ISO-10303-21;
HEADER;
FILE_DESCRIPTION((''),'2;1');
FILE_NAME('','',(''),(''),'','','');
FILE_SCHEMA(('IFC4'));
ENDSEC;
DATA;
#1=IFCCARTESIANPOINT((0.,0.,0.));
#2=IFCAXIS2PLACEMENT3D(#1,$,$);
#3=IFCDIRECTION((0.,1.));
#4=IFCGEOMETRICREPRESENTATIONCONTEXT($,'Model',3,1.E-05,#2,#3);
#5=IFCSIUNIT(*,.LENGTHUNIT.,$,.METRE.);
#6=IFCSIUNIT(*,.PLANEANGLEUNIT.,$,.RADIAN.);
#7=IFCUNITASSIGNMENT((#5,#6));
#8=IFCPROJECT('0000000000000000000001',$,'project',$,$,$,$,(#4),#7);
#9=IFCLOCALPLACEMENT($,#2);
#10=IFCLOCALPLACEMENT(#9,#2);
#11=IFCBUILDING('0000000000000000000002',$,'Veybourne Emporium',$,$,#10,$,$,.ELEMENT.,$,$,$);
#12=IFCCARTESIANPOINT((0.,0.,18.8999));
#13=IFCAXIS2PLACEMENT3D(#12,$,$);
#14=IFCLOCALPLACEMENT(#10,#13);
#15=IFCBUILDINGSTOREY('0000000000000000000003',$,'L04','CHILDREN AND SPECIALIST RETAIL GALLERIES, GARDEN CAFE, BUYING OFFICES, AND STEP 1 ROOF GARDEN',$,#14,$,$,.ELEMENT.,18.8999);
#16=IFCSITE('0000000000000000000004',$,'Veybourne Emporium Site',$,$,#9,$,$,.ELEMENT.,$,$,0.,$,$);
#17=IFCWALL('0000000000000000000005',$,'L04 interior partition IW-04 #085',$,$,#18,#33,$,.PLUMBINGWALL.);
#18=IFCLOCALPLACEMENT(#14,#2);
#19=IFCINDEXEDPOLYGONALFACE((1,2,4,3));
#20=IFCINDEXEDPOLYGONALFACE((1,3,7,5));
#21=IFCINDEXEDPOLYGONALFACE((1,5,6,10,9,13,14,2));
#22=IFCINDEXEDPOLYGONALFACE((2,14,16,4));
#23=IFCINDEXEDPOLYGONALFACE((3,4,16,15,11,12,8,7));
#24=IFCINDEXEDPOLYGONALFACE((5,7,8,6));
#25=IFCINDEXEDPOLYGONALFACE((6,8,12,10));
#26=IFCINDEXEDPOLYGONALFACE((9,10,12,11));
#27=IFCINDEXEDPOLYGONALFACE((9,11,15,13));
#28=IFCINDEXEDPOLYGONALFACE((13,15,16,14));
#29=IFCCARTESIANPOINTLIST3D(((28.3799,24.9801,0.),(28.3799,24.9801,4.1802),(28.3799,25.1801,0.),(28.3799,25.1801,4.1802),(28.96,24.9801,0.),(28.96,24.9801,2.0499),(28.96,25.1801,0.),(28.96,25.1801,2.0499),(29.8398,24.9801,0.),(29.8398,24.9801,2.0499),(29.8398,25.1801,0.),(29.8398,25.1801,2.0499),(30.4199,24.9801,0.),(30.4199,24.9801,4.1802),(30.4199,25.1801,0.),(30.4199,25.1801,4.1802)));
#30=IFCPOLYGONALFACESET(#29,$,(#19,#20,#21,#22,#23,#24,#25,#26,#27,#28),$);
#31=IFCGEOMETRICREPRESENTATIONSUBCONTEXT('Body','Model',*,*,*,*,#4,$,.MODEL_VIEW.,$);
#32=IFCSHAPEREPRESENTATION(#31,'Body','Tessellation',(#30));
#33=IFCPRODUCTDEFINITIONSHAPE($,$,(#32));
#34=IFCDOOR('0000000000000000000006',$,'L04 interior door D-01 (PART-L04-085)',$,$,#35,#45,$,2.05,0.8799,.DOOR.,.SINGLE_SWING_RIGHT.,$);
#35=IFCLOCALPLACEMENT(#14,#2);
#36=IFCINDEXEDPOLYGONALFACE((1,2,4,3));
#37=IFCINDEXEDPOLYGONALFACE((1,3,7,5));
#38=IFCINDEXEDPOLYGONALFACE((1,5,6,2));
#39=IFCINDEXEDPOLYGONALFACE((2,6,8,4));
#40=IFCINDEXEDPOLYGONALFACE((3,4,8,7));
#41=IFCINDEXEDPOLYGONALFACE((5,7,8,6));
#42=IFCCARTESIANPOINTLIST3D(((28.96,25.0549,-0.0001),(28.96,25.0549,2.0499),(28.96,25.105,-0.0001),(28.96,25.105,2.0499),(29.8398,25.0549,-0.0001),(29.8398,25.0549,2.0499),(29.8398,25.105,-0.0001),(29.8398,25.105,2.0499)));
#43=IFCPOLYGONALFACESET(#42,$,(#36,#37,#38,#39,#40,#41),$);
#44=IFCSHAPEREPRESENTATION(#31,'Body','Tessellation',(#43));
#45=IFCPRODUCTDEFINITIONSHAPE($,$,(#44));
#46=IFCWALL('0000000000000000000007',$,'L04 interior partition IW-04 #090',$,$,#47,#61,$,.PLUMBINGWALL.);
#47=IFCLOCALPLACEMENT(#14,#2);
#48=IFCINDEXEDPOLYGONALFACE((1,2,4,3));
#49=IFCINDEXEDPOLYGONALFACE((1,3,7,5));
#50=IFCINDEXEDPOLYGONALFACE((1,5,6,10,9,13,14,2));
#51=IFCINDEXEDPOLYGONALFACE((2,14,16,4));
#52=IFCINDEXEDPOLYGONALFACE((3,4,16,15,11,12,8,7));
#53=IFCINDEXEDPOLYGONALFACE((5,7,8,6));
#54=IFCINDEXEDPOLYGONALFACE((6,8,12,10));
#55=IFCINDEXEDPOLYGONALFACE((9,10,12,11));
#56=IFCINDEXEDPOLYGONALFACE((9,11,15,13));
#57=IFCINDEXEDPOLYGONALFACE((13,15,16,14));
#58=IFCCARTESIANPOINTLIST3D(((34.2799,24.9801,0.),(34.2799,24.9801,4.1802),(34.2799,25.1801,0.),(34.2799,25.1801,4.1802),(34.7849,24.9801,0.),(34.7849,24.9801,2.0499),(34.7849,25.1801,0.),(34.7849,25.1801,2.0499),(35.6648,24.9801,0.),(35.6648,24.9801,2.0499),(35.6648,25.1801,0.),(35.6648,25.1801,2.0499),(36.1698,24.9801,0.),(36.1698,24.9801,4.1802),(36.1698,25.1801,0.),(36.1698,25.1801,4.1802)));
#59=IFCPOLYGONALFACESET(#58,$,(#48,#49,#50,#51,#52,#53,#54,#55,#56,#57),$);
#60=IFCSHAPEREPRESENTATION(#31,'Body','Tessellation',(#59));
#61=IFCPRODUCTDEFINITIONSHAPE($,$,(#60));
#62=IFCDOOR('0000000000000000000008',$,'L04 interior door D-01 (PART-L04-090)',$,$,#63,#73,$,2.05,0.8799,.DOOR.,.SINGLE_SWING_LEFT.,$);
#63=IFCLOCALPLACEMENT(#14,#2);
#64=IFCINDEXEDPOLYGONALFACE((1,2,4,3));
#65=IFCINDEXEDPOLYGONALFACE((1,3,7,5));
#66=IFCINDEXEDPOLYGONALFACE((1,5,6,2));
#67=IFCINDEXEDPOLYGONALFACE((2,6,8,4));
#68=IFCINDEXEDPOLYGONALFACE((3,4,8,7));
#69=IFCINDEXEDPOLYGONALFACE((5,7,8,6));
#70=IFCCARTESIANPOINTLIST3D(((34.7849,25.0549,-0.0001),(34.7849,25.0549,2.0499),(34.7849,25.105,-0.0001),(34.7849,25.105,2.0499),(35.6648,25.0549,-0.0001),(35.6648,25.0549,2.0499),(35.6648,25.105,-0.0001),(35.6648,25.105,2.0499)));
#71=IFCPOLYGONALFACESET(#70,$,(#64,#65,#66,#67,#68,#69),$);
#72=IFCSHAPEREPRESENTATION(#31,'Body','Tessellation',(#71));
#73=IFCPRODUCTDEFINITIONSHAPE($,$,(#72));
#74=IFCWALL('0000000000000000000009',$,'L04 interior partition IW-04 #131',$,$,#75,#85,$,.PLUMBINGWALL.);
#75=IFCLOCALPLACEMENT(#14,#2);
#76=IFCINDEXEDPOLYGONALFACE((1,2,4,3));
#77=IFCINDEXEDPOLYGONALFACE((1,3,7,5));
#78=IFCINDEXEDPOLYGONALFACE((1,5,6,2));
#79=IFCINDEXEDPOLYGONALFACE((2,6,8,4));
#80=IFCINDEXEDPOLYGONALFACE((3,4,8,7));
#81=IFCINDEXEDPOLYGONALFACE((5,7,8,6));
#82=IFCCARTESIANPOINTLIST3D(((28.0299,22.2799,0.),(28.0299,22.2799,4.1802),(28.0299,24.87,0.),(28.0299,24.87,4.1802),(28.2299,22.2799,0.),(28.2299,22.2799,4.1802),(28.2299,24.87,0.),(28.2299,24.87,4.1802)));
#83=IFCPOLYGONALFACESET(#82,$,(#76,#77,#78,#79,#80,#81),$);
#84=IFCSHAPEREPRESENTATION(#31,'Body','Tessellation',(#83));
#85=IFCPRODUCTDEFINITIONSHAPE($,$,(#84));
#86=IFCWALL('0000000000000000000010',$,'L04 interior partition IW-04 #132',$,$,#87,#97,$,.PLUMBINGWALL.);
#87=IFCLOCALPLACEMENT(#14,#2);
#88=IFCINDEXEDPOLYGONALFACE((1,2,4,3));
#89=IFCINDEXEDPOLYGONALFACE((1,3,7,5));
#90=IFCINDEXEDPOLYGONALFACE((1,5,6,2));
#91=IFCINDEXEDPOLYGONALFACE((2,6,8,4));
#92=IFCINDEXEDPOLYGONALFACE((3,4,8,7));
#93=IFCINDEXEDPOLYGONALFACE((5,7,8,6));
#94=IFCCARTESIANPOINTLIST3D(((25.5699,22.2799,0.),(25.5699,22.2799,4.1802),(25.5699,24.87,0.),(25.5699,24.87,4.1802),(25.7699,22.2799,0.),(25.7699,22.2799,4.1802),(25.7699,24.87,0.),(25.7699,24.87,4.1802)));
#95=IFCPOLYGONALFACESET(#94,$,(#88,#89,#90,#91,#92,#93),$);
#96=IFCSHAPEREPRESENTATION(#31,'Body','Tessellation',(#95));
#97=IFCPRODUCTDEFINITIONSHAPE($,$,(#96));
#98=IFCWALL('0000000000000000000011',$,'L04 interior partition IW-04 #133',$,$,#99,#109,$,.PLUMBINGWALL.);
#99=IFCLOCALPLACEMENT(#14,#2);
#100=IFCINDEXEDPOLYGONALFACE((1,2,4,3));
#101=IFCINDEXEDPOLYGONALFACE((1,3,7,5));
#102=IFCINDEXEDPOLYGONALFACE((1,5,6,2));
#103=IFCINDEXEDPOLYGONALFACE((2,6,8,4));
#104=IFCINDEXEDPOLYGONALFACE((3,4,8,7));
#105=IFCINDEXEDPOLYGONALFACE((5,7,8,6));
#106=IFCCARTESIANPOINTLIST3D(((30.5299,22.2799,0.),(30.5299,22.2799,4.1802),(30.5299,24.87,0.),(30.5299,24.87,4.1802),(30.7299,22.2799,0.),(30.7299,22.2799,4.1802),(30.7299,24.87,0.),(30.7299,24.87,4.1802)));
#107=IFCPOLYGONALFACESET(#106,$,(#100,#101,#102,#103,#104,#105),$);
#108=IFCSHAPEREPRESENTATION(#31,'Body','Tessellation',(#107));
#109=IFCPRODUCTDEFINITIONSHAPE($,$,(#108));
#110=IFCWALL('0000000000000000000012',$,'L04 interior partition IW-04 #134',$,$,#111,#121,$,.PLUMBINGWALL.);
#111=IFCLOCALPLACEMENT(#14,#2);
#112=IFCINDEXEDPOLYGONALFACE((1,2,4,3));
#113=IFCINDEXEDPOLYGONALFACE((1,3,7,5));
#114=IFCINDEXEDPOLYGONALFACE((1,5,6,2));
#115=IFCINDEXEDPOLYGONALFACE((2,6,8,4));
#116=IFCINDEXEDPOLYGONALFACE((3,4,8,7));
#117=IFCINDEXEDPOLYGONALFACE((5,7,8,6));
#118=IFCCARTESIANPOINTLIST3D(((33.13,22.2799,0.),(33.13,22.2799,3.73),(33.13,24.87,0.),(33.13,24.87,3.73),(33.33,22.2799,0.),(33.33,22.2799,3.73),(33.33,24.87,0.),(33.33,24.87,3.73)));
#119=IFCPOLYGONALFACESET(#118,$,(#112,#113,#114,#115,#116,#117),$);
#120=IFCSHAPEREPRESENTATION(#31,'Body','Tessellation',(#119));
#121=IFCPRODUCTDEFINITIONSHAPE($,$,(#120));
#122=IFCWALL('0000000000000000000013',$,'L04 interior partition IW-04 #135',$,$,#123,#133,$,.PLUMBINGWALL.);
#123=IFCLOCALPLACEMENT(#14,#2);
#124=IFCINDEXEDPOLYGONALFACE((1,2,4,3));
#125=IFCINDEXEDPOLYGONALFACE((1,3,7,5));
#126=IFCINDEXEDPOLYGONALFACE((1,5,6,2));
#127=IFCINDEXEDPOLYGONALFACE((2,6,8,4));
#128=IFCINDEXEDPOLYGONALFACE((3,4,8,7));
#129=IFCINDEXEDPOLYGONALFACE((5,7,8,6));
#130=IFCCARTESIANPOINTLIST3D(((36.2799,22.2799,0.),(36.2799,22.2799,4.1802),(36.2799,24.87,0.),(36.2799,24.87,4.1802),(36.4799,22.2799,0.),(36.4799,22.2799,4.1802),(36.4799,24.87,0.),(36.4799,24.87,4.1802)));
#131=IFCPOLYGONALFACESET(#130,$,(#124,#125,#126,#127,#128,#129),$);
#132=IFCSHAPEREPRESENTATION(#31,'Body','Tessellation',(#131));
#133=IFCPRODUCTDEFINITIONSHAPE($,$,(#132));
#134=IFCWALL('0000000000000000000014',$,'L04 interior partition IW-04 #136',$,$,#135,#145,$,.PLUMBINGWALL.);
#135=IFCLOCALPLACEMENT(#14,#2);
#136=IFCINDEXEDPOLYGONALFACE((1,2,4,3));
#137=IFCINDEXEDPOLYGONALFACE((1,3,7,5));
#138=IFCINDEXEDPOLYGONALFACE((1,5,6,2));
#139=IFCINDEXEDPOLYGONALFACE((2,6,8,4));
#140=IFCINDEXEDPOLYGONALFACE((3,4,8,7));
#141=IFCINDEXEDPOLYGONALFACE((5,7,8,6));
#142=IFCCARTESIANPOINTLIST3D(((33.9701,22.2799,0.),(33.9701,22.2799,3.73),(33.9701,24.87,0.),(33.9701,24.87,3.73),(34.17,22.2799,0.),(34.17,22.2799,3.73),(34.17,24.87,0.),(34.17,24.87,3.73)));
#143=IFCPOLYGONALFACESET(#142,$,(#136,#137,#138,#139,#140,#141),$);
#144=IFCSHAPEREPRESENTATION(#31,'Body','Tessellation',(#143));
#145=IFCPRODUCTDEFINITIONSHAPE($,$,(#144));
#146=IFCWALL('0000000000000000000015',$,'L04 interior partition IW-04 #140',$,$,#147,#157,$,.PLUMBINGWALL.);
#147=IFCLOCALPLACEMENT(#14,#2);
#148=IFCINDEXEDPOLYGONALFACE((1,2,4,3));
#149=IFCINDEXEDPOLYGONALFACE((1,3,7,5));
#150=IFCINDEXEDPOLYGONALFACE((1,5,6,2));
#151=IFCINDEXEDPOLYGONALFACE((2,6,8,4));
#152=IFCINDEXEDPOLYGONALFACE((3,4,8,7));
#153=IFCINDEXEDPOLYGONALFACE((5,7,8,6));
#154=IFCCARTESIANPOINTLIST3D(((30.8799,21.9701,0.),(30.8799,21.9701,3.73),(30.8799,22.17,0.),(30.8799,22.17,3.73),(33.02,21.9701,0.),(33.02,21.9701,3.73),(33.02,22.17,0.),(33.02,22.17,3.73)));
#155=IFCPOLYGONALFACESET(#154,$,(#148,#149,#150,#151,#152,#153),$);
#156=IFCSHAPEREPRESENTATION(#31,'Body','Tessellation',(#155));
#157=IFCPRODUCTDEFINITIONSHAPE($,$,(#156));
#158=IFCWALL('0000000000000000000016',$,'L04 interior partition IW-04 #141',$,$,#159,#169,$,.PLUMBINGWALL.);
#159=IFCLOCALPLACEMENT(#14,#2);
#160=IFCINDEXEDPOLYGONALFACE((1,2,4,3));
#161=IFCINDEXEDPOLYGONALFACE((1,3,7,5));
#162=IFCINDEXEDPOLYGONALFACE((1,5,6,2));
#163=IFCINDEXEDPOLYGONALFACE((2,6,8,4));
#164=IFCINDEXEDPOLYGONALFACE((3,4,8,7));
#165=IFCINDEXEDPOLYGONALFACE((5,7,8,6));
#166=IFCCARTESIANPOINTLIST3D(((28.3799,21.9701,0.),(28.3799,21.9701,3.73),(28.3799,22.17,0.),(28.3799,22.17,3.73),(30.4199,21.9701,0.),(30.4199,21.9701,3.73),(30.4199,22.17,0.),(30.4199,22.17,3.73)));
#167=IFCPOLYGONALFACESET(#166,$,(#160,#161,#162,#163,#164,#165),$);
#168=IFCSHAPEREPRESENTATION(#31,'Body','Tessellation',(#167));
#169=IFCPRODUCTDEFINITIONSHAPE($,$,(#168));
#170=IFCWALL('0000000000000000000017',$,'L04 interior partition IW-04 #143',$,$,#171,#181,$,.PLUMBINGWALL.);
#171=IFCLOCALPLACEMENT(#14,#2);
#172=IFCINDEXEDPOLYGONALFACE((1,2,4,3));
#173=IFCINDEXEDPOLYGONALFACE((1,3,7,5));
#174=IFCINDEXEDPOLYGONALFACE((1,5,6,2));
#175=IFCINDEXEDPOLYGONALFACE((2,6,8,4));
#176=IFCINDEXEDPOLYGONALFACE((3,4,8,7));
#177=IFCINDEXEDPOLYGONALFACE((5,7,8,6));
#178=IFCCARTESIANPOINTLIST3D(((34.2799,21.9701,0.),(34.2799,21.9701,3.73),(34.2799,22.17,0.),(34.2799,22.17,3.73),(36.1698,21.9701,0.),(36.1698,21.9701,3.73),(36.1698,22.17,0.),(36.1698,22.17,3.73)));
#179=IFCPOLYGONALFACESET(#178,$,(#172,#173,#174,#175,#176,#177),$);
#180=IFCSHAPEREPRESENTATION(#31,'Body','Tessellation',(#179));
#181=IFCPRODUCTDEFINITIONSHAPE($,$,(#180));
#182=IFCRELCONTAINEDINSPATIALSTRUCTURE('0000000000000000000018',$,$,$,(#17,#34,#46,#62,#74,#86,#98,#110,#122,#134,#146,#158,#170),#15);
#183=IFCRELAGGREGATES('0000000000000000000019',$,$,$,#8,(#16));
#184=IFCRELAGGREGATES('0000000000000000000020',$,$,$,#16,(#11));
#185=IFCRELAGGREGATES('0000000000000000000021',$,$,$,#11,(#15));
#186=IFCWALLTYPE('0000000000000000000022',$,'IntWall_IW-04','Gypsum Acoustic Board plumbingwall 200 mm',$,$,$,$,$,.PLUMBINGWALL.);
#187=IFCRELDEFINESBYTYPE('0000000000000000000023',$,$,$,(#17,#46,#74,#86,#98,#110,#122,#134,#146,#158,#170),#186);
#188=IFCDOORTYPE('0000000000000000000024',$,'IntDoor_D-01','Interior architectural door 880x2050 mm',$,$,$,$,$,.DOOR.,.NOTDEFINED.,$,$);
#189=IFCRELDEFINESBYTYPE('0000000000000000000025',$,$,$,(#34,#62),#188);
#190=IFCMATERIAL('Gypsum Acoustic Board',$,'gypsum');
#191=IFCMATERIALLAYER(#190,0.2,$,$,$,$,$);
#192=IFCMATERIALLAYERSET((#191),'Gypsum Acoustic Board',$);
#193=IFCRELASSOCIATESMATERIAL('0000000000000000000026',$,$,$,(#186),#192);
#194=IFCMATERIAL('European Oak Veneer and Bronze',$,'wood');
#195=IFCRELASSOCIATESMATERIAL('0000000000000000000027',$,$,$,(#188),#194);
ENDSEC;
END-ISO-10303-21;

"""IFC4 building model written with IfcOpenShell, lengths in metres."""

from ifc_helpers import new_model, si_unit, direction, frame, frame_2d, origin, place, context, subcontext, project, spatial, rectangle, extrude, material, layer, layer_set, type_object, element, fill, save


model = new_model("IFC4")

# Units and contexts
model_context = context("Model", 3, precision=1e-05, world=origin(), true_north=direction((0.0, 1.0)))
body_context = subcontext(model_context, "Body", "Model", "MODEL_VIEW")
ifc_project = project(units=[si_unit("LENGTHUNIT", "METRE"), si_unit("PLANEANGLEUNIT", "RADIAN")], contexts=[model_context])

# Site, building, storey
site_placement = place(None, origin())
site = spatial("IfcSite", under=ifc_project, at=site_placement, Name="Veybourne Emporium Site", CompositionType="ELEMENT", RefElevation=0.0)
building_placement = place(site_placement, origin())
building = spatial("IfcBuilding", under=site, at=building_placement, Name="Veybourne Emporium", CompositionType="ELEMENT")
storey_placement = place(building_placement, frame((0.0, 0.0, 18.8999)))
storey = spatial("IfcBuildingStorey", under=building, at=storey_placement, Name="L04", Description="CHILDREN AND SPECIALIST RETAIL GALLERIES, GARDEN CAFE, BUYING OFFICES, AND STEP 1 ROOF GARDEN", CompositionType="ELEMENT", Elevation=18.8999)

# Walls, openings, doors
ifc_material_1 = material(Name="Gypsum Acoustic Board", Category="gypsum")
ifc_layer = layer(ifc_material_1, 0.2)
ifc_layer_set = layer_set([ifc_layer], Name="Gypsum Acoustic Board")
wall_type = type_object("IfcWallType", Name="IntWall_IW-04", Description="Gypsum Acoustic Board plumbingwall 200 mm", PredefinedType="PLUMBINGWALL", material=ifc_layer_set)
ifc_material_2 = material(Name="European Oak Veneer and Bronze", Category="wood")
door_type_1 = type_object("IfcDoorType", Name="IntDoor_D-01", Description="Interior architectural door 880x2050 mm", OperationType="NOTDEFINED", PredefinedType="DOOR", material=ifc_material_2)
wall_1_placement = place(storey_placement, frame((28.3799, 25.0801, 0.0), z_axis=(0.0, 0.0, 1.0), x_axis=(1.0, 0.0, 0.0)))
wall_1 = element("IfcWall", 1, at=wall_1_placement, inside=storey, type_object=wall_type, Name="L04 interior partition IW-04 #085", PredefinedType="PLUMBINGWALL", context=body_context, shape_type="SweptSolid", body=[
    extrude(rectangle(XDim=2.04, YDim=0.2, at=frame_2d((1.02, 0.0))), origin(), (0.0, 0.0, 1.0), 4.1802),
])
opening_1_placement = place(wall_1_placement, frame((0.5801, 0.0, 0.0)))
opening_1 = element("IfcOpeningElement", 2, at=opening_1_placement, cuts=wall_1, PredefinedType="OPENING", context=body_context, shape_type="SweptSolid", body=[
    extrude(rectangle(XDim=0.8799, YDim=2.05, at=frame_2d((0.4399, 1.0249))), frame((0.0, 0.1201, 0.0), z_axis=(0.0, -1.0, 0.0), x_axis=(1.0, 0.0, 0.0)), (0.0, 0.0, 1.0), 0.24),
])
door_1_placement = place(opening_1_placement, origin())
door_1 = element("IfcDoor", 3, at=door_1_placement, inside=storey, type_object=door_type_1, Name="L04 interior door D-01 (PART-L04-085)", OperationType="SINGLE_SWING_RIGHT", OverallHeight=2.05, OverallWidth=0.8799, PredefinedType="DOOR", context=body_context, shape_type="SweptSolid", body=[
    extrude(rectangle(XDim=0.8799, YDim=2.05, at=frame_2d((0.4399, 1.0249))), frame((0.0, 0.0249, 0.0), z_axis=(0.0, -1.0, 0.0), x_axis=(1.0, 0.0, 0.0)), (0.0, 0.0, 1.0), 0.05),
])
fill(opening_1, door_1)
wall_2_placement = place(storey_placement, frame((34.28, 25.0801, 0.0), z_axis=(0.0, 0.0, 1.0), x_axis=(1.0, 0.0, 0.0)))
wall_2 = element("IfcWall", 4, at=wall_2_placement, inside=storey, type_object=wall_type, Name="L04 interior partition IW-04 #090", PredefinedType="PLUMBINGWALL", context=body_context, shape_type="SweptSolid", body=[
    extrude(rectangle(XDim=1.8899, YDim=0.2, at=frame_2d((0.9448, 0.0))), origin(), (0.0, 0.0, 1.0), 4.1802),
])
opening_2_placement = place(wall_2_placement, frame((0.5049, 0.0, 0.0)))
opening_2 = element("IfcOpeningElement", 5, at=opening_2_placement, cuts=wall_2, PredefinedType="OPENING", context=body_context, shape_type="SweptSolid", body=[
    extrude(rectangle(XDim=0.8799, YDim=2.05, at=frame_2d((0.4399, 1.0249))), frame((0.0, 0.1201, 0.0), z_axis=(0.0, -1.0, 0.0), x_axis=(1.0, 0.0, 0.0)), (0.0, 0.0, 1.0), 0.24),
])
door_2_placement = place(opening_2_placement, origin())
door_2 = element("IfcDoor", 6, at=door_2_placement, inside=storey, type_object=door_type_1, Name="L04 interior door D-01 (PART-L04-090)", OperationType="SINGLE_SWING_LEFT", OverallHeight=2.05, OverallWidth=0.8799, PredefinedType="DOOR", context=body_context, shape_type="SweptSolid", body=[
    extrude(rectangle(XDim=0.8799, YDim=2.05, at=frame_2d((0.4399, 1.0249))), frame((0.0, 0.0249, 0.0), z_axis=(0.0, -1.0, 0.0), x_axis=(1.0, 0.0, 0.0)), (0.0, 0.0, 1.0), 0.05),
])
fill(opening_2, door_2)

# Walls
for number, where, z_axis, x_axis, name in (
    (7, (28.1299, 22.28, 0.0), (0.0, 0.0, 1.0), (0.0, 1.0, 0.0), "L04 interior partition IW-04 #131"),
    (8, (25.6699, 22.28, 0.0), (0.0, 0.0, 1.0), (0.0, 1.0, 0.0), "L04 interior partition IW-04 #132"),
    (9, (30.6299, 22.28, 0.0), (0.0, 0.0, 1.0), (0.0, 1.0, 0.0), "L04 interior partition IW-04 #133"),
):
    element("IfcWall", number, at=place(storey_placement, frame(where, z_axis=z_axis, x_axis=x_axis)), inside=storey, type_object=wall_type, Name=name, PredefinedType="PLUMBINGWALL", context=body_context, shape_type="SweptSolid", body=[
        extrude(rectangle(XDim=2.5901, YDim=0.2, at=frame_2d((1.2949, 0.0))), origin(), (0.0, 0.0, 1.0), 4.1802),
    ])
wall_3_placement = place(storey_placement, frame((33.23, 22.28, 0.0), z_axis=(0.0, 0.0, 1.0), x_axis=(0.0, 1.0, 0.0)))
element("IfcWall", 10, at=wall_3_placement, inside=storey, type_object=wall_type, Name="L04 interior partition IW-04 #134", PredefinedType="PLUMBINGWALL", context=body_context, shape_type="SweptSolid", body=[
    extrude(rectangle(XDim=2.5901, YDim=0.2, at=frame_2d((1.2949, 0.0))), origin(), (0.0, 0.0, 1.0), 3.73),
])
wall_4_placement = place(storey_placement, frame((36.3799, 22.28, 0.0), z_axis=(0.0, 0.0, 1.0), x_axis=(0.0, 1.0, 0.0)))
element("IfcWall", 11, at=wall_4_placement, inside=storey, type_object=wall_type, Name="L04 interior partition IW-04 #135", PredefinedType="PLUMBINGWALL", context=body_context, shape_type="SweptSolid", body=[
    extrude(rectangle(XDim=2.5901, YDim=0.2, at=frame_2d((1.2949, 0.0))), origin(), (0.0, 0.0, 1.0), 4.1802),
])
wall_5_placement = place(storey_placement, frame((34.0701, 22.28, 0.0), z_axis=(0.0, 0.0, 1.0), x_axis=(0.0, 1.0, 0.0)))
element("IfcWall", 12, at=wall_5_placement, inside=storey, type_object=wall_type, Name="L04 interior partition IW-04 #136", PredefinedType="PLUMBINGWALL", context=body_context, shape_type="SweptSolid", body=[
    extrude(rectangle(XDim=2.5901, YDim=0.2, at=frame_2d((1.2949, 0.0))), origin(), (0.0, 0.0, 1.0), 3.73),
])
wall_6_placement = place(storey_placement, frame((30.8799, 22.0701, 0.0), z_axis=(0.0, 0.0, 1.0), x_axis=(1.0, 0.0, 0.0)))
element("IfcWall", 13, at=wall_6_placement, inside=storey, type_object=wall_type, Name="L04 interior partition IW-04 #140", PredefinedType="PLUMBINGWALL", context=body_context, shape_type="SweptSolid", body=[
    extrude(rectangle(XDim=2.1401, YDim=0.2, at=frame_2d((1.0701, 0.0))), origin(), (0.0, 0.0, 1.0), 3.73),
])
wall_7_placement = place(storey_placement, frame((28.3799, 22.0701, 0.0), z_axis=(0.0, 0.0, 1.0), x_axis=(1.0, 0.0, 0.0)))
element("IfcWall", 14, at=wall_7_placement, inside=storey, type_object=wall_type, Name="L04 interior partition IW-04 #141", PredefinedType="PLUMBINGWALL", context=body_context, shape_type="SweptSolid", body=[
    extrude(rectangle(XDim=2.04, YDim=0.2, at=frame_2d((1.02, 0.0))), origin(), (0.0, 0.0, 1.0), 3.73),
])
wall_8_placement = place(storey_placement, frame((34.28, 22.0701, 0.0), z_axis=(0.0, 0.0, 1.0), x_axis=(1.0, 0.0, 0.0)))
element("IfcWall", 15, at=wall_8_placement, inside=storey, type_object=wall_type, Name="L04 interior partition IW-04 #143", PredefinedType="PLUMBINGWALL", context=body_context, shape_type="SweptSolid", body=[
    extrude(rectangle(XDim=1.8899, YDim=0.2, at=frame_2d((0.9448, 0.0))), origin(), (0.0, 0.0, 1.0), 3.73),
])

save(model, "model.ifc")
